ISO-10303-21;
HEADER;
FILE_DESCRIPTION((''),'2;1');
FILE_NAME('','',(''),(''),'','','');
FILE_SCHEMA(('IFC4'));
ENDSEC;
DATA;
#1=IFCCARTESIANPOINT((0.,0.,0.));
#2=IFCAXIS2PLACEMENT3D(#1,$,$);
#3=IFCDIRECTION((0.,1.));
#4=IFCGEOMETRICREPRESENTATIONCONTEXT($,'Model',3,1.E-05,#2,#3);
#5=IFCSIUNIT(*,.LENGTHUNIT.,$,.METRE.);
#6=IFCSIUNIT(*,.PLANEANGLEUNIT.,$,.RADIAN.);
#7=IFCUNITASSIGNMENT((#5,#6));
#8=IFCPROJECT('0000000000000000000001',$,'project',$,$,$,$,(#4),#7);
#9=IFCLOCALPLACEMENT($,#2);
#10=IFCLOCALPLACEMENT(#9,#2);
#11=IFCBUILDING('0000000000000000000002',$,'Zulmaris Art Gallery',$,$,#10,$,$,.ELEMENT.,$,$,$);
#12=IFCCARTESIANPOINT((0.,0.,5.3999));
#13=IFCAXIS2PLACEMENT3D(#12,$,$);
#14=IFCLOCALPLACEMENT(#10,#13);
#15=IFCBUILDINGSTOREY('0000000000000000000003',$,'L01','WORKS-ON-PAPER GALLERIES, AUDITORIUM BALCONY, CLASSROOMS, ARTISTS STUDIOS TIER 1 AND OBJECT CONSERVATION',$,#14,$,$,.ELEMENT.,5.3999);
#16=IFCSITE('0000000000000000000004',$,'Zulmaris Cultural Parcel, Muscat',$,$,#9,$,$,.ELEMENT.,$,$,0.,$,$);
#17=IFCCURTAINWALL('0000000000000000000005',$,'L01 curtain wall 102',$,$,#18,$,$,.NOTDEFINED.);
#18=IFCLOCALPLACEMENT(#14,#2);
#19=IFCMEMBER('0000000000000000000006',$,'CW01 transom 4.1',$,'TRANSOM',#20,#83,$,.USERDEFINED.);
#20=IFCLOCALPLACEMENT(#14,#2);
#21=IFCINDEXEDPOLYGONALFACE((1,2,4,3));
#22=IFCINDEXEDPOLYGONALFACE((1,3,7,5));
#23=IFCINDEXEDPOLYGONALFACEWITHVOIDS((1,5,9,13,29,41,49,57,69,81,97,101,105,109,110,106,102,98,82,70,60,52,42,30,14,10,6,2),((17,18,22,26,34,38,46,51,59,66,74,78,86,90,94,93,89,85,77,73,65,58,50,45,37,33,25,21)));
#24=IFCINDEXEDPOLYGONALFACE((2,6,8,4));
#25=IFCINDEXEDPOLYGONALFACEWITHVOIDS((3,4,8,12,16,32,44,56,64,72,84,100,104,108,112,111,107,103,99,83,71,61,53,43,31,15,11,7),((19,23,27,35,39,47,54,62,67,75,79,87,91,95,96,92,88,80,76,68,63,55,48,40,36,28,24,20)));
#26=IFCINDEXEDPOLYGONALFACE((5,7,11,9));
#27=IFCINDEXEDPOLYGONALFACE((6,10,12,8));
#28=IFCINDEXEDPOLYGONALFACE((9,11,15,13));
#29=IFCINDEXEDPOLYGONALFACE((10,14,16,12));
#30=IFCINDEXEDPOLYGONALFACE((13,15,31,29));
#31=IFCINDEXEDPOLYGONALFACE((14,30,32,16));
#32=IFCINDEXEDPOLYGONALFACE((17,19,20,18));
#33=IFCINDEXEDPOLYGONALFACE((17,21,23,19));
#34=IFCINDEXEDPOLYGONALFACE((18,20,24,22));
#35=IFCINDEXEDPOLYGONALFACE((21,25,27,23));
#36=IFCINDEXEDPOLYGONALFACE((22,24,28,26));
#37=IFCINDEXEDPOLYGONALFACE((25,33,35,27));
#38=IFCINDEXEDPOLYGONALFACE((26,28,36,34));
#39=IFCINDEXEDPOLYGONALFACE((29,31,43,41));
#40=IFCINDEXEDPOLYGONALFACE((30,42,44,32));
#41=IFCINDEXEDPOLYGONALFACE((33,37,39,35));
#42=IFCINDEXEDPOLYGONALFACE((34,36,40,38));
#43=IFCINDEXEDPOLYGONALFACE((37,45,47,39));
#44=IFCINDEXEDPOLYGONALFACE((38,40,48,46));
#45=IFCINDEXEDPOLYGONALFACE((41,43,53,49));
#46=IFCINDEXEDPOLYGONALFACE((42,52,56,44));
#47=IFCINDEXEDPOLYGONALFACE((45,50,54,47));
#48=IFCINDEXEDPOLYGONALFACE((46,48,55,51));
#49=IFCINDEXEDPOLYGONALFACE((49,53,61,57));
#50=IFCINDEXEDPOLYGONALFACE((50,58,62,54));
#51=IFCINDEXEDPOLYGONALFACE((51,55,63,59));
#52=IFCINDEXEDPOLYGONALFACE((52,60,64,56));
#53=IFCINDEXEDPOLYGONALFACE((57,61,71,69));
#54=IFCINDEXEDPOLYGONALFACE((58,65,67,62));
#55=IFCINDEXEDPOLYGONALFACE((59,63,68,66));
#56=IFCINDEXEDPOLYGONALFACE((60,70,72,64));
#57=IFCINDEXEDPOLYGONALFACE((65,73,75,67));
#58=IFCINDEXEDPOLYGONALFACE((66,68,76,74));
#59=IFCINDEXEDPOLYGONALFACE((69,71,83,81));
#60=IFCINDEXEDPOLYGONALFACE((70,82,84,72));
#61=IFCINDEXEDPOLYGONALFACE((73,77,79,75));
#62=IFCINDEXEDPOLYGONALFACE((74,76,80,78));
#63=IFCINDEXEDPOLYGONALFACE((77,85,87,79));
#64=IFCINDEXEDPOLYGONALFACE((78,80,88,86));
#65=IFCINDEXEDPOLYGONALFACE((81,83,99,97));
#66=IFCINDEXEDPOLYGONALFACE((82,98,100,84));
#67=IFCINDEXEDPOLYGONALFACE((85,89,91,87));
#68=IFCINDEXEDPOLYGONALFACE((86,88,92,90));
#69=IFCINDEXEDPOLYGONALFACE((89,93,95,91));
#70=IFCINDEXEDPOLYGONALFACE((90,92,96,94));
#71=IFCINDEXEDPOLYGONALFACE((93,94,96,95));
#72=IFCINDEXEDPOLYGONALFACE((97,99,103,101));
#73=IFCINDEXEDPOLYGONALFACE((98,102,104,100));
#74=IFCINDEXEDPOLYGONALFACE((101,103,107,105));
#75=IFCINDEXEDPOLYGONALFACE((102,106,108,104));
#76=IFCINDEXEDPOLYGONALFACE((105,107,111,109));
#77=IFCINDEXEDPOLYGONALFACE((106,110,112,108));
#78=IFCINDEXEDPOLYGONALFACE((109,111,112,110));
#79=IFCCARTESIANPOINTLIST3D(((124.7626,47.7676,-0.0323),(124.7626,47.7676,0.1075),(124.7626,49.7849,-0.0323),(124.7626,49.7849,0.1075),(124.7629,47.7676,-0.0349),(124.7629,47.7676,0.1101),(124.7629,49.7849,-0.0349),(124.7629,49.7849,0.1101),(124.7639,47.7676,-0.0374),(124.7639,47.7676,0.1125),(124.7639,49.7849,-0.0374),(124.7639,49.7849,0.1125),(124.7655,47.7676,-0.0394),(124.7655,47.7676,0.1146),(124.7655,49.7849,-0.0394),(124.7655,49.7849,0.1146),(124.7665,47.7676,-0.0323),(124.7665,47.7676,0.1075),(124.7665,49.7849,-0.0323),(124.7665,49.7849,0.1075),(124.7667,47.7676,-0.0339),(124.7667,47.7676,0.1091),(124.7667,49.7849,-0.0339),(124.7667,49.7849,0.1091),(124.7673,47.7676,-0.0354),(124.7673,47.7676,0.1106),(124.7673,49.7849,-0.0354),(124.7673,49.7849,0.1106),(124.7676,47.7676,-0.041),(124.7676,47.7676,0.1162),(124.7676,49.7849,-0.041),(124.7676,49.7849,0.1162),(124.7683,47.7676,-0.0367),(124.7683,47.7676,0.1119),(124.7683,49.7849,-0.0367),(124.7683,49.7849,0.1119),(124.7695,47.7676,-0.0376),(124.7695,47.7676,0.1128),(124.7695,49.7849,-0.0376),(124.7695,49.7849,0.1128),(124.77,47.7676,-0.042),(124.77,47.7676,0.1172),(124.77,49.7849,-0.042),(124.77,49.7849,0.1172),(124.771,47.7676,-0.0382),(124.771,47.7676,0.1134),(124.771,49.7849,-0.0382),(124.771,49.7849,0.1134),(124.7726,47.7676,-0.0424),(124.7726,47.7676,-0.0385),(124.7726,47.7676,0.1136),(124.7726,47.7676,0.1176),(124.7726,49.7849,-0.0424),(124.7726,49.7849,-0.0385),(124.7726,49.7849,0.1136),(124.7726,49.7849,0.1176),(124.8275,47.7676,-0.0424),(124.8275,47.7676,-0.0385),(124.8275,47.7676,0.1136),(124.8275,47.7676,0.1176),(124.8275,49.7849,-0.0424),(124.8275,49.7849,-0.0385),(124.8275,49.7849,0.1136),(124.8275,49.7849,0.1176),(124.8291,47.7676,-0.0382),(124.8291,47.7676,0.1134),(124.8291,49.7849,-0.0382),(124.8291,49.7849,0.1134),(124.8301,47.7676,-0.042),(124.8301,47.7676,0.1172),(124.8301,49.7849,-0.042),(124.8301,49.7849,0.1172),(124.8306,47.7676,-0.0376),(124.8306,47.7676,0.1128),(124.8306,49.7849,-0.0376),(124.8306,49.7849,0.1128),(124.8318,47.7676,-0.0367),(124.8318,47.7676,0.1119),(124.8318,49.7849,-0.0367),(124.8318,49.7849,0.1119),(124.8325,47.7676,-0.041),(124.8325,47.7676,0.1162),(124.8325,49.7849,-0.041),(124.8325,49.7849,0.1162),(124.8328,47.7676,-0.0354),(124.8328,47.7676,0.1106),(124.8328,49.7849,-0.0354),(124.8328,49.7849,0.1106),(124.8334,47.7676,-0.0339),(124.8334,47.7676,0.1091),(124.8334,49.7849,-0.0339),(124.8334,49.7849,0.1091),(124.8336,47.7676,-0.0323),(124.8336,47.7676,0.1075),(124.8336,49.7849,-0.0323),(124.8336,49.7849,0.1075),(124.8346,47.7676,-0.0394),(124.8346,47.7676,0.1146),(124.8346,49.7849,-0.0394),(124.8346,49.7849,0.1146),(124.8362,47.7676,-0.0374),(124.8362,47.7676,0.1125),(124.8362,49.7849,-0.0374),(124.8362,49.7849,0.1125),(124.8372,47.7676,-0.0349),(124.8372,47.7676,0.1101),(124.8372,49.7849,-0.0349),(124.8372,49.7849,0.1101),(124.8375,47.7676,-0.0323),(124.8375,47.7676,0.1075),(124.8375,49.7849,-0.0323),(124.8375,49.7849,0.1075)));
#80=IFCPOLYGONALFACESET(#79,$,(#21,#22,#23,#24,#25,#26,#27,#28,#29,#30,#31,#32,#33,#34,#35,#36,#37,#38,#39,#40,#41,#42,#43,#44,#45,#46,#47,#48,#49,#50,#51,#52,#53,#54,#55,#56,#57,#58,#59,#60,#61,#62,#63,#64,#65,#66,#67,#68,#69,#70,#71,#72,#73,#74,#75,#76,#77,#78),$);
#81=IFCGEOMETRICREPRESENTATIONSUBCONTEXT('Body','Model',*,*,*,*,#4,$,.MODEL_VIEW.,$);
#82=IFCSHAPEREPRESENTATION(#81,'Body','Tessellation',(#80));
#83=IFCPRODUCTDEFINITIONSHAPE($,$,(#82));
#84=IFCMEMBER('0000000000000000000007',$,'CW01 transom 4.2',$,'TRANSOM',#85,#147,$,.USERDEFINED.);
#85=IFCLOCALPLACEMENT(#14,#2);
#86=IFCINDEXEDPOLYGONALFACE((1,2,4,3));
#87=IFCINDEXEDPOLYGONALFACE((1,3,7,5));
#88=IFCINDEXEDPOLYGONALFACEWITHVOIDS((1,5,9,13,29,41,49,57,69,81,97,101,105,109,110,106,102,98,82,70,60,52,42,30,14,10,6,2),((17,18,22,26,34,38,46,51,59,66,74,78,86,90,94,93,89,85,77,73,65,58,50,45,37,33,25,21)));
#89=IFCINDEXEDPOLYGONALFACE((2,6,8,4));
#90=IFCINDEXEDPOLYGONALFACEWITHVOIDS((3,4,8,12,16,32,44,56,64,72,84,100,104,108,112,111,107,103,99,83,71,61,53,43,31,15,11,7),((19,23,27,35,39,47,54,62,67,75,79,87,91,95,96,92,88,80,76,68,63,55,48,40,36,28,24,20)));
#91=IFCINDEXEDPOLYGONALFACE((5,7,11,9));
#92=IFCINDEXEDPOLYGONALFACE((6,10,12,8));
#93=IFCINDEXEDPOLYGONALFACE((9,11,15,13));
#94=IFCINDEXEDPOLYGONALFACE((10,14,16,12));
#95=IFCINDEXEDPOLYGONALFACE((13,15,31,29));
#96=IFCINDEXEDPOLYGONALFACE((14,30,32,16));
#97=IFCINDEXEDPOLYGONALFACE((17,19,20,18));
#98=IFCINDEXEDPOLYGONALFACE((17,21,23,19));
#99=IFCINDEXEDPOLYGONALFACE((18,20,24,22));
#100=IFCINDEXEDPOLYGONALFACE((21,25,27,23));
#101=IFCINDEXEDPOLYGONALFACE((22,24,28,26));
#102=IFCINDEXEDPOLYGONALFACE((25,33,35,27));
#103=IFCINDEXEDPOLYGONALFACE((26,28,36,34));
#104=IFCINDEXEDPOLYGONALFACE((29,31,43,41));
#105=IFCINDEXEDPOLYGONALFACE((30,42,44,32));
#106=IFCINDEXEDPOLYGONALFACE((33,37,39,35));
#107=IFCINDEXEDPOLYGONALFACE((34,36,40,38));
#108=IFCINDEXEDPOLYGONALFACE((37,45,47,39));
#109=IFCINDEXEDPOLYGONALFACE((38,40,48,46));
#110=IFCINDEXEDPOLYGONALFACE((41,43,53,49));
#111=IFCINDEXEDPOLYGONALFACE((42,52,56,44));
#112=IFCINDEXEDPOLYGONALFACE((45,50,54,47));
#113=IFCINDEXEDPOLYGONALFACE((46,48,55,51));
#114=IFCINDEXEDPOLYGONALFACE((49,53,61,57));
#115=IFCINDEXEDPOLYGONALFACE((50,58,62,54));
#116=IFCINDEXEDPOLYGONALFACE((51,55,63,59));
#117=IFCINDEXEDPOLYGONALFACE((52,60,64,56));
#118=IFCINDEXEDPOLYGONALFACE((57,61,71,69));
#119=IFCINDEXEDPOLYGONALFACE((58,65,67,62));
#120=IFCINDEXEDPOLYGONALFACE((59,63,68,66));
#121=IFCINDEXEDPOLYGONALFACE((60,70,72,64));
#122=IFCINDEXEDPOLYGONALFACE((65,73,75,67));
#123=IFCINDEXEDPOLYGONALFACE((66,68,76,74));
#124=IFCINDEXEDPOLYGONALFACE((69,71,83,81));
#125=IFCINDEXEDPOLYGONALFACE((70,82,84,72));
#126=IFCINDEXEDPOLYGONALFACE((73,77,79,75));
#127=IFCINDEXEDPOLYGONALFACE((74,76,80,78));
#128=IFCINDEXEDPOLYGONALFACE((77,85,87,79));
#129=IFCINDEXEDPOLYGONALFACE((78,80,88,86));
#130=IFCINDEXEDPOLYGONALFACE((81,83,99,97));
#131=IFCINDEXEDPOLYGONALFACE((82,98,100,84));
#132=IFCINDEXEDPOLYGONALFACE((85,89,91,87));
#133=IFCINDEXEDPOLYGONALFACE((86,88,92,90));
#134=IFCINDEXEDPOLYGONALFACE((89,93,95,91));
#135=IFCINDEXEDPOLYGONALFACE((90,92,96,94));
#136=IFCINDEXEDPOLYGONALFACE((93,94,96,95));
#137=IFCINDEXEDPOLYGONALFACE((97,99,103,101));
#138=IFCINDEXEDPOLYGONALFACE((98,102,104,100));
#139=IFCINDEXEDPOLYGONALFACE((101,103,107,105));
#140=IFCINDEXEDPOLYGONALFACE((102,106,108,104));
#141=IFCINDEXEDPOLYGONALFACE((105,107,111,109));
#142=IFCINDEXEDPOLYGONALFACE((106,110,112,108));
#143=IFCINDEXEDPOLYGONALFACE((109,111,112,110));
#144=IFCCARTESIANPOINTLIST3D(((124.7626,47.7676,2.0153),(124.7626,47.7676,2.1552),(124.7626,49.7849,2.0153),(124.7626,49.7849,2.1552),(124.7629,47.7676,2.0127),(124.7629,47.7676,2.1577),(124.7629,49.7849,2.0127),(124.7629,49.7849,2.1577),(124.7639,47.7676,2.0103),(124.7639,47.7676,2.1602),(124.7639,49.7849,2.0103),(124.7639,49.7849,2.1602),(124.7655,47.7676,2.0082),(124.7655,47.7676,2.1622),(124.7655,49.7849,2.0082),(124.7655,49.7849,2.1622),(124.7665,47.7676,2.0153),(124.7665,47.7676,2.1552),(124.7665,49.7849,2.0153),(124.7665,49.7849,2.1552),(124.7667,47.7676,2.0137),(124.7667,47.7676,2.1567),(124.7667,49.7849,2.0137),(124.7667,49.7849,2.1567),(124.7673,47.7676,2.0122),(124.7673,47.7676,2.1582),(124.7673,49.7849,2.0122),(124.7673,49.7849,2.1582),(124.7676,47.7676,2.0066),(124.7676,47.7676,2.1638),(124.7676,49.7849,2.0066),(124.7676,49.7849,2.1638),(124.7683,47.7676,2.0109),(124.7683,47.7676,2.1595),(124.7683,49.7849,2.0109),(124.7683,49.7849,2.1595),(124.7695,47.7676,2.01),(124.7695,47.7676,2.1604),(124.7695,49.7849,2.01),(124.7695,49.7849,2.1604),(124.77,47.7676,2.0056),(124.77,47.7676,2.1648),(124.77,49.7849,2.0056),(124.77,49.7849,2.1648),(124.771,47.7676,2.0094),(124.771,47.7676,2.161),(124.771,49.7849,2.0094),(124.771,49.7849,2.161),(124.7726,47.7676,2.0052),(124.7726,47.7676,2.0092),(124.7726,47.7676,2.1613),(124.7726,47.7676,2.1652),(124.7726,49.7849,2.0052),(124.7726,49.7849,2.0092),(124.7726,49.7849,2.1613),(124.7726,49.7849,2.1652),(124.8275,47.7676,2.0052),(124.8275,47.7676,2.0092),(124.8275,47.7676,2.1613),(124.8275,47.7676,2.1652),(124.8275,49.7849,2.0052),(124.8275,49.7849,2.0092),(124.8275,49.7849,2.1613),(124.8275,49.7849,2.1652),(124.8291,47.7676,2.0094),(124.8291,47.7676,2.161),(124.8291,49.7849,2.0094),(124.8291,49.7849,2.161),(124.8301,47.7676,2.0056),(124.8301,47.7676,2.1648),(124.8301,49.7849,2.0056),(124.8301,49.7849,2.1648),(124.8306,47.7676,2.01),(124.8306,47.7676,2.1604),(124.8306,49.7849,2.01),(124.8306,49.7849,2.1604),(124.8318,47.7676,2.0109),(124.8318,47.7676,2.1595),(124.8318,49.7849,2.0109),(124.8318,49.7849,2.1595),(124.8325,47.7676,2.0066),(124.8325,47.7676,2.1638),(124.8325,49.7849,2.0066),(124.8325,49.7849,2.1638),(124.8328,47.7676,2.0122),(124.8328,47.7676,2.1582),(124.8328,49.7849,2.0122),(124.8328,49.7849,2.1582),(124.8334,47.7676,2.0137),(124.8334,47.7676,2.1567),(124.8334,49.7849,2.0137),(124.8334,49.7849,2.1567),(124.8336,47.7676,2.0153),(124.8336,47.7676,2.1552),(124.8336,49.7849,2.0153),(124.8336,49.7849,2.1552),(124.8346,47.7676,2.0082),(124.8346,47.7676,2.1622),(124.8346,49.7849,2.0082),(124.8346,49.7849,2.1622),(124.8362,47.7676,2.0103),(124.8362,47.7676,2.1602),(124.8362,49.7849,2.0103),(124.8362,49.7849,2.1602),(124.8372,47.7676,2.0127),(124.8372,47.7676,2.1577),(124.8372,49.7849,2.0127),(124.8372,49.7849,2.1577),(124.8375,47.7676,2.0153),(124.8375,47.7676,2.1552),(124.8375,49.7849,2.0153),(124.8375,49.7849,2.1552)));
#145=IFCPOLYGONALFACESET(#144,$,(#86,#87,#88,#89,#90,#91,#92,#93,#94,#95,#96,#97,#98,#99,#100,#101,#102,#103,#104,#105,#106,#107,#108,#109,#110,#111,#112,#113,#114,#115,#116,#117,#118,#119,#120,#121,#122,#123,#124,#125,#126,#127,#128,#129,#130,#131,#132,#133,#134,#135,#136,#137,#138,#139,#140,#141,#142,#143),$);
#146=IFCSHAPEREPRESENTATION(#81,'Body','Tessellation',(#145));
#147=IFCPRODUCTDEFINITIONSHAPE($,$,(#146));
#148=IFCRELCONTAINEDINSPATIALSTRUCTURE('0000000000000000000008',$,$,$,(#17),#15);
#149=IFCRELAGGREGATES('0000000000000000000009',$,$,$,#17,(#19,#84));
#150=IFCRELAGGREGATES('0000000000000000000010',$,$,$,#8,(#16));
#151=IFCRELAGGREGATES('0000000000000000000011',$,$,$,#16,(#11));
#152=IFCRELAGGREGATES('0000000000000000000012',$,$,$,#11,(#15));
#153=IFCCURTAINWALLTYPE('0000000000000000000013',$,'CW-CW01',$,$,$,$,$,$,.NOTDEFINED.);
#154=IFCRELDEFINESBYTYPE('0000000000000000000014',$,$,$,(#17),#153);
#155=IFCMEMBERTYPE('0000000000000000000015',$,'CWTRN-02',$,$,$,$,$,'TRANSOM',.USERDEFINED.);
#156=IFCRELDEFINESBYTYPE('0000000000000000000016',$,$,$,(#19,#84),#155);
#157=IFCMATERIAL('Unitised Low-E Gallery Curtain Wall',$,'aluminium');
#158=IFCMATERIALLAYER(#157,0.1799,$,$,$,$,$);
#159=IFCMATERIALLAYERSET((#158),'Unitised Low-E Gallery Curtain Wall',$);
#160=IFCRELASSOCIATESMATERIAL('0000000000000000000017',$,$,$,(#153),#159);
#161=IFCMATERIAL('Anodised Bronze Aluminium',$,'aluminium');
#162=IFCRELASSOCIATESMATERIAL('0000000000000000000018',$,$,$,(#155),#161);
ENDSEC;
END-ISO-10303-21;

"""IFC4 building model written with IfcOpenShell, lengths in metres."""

from ifc_helpers import new_model, si_unit, direction, frame, origin, origin_2d, place, context, subcontext, project, spatial, hollow_rectangle, extrude, material, layer, layer_set, material_profile, profile_set, type_object, element, aggregate, save


model = new_model("IFC4")

# Units and contexts
model_context = context("Model", 3, precision=1e-05, world=origin(), true_north=direction((0.0, 1.0)))
body_context = subcontext(model_context, "Body", "Model", "MODEL_VIEW")
ifc_project = project(units=[si_unit("LENGTHUNIT", "METRE"), si_unit("PLANEANGLEUNIT", "RADIAN")], contexts=[model_context])

# Site, building, storey
site_placement = place(None, origin())
site = spatial("IfcSite", under=ifc_project, at=site_placement, Name="Zulmaris Cultural Parcel, Muscat", CompositionType="ELEMENT", RefElevation=0.0)
building_placement = place(site_placement, origin())
building = spatial("IfcBuilding", under=site, at=building_placement, Name="Zulmaris Art Gallery", CompositionType="ELEMENT")
storey_placement = place(building_placement, frame((0.0, 0.0, 5.3999)))
storey = spatial("IfcBuildingStorey", under=building, at=storey_placement, Name="L01", Description="WORKS-ON-PAPER GALLERIES, AUDITORIUM BALCONY, CLASSROOMS, ARTISTS STUDIOS TIER 1 AND OBJECT CONSERVATION", CompositionType="ELEMENT", Elevation=5.3999)

# Curtain wall
ifc_material_1 = material(Name="Unitised Low-E Gallery Curtain Wall", Category="aluminium")
ifc_layer_1 = layer(ifc_material_1, 0.1799)
ifc_layer_set_1 = layer_set([ifc_layer_1], Name="Unitised Low-E Gallery Curtain Wall")
curtain_wall_type = type_object("IfcCurtainWallType", Name="CW-CW01", PredefinedType="NOTDEFINED", material=ifc_layer_set_1)
curtain_wall_1_placement = place(storey_placement, origin())
curtain_wall_1 = element("IfcCurtainWall", 1, at=curtain_wall_1_placement, inside=storey, type_object=curtain_wall_type, Name="L01 curtain wall 102", PredefinedType="NOTDEFINED")
ifc_material_2 = material(Name="Anodised Bronze Aluminium", Category="aluminium")

# Members
ifc_material_profile_1 = material_profile(ifc_material_2, hollow_rectangle(XDim=0.075, YDim=0.1599, WallThickness=0.0039, InnerFilletRadius=0.0061, OuterFilletRadius=0.01, at=origin_2d()), Name="ALU 75x160x4")
ifc_profile_set_1 = profile_set([ifc_material_profile_1], Name="Anodised Bronze Aluminium")
member_type_1 = type_object("IfcMemberType", Name="CWTRN-02", ElementType="TRANSOM", PredefinedType="USERDEFINED", material=ifc_profile_set_1)
member_1_placement = place(storey_placement, frame((124.8, 47.7676, 0.0376), z_axis=(0.0, 1.0, 0.0), x_axis=(-1.0, 0.0, 0.0)))
member_1 = element("IfcMember", 2, at=member_1_placement, type_object=member_type_1, Name="CW01 transom 4.1", ObjectType="TRANSOM", PredefinedType="USERDEFINED", context=body_context, shape_type="SweptSolid", body=[
    extrude(hollow_rectangle(XDim=0.075, YDim=0.1599, WallThickness=0.0039, InnerFilletRadius=0.0061, OuterFilletRadius=0.01, at=origin_2d()), origin(), (0.0, 0.0, 1.0), 2.0173),
])
member_2_placement = place(storey_placement, frame((124.8, 47.7676, 2.0852), z_axis=(0.0, 1.0, 0.0), x_axis=(-1.0, 0.0, 0.0)))
member_2 = element("IfcMember", 3, at=member_2_placement, type_object=member_type_1, Name="CW01 transom 4.2", ObjectType="TRANSOM", PredefinedType="USERDEFINED", context=body_context, shape_type="SweptSolid", body=[
    extrude(hollow_rectangle(XDim=0.075, YDim=0.1599, WallThickness=0.0039, InnerFilletRadius=0.0061, OuterFilletRadius=0.01, at=origin_2d()), origin(), (0.0, 0.0, 1.0), 2.0173),
])

aggregate(curtain_wall_1, [member_1, member_2])

save(model, "model.ifc")
